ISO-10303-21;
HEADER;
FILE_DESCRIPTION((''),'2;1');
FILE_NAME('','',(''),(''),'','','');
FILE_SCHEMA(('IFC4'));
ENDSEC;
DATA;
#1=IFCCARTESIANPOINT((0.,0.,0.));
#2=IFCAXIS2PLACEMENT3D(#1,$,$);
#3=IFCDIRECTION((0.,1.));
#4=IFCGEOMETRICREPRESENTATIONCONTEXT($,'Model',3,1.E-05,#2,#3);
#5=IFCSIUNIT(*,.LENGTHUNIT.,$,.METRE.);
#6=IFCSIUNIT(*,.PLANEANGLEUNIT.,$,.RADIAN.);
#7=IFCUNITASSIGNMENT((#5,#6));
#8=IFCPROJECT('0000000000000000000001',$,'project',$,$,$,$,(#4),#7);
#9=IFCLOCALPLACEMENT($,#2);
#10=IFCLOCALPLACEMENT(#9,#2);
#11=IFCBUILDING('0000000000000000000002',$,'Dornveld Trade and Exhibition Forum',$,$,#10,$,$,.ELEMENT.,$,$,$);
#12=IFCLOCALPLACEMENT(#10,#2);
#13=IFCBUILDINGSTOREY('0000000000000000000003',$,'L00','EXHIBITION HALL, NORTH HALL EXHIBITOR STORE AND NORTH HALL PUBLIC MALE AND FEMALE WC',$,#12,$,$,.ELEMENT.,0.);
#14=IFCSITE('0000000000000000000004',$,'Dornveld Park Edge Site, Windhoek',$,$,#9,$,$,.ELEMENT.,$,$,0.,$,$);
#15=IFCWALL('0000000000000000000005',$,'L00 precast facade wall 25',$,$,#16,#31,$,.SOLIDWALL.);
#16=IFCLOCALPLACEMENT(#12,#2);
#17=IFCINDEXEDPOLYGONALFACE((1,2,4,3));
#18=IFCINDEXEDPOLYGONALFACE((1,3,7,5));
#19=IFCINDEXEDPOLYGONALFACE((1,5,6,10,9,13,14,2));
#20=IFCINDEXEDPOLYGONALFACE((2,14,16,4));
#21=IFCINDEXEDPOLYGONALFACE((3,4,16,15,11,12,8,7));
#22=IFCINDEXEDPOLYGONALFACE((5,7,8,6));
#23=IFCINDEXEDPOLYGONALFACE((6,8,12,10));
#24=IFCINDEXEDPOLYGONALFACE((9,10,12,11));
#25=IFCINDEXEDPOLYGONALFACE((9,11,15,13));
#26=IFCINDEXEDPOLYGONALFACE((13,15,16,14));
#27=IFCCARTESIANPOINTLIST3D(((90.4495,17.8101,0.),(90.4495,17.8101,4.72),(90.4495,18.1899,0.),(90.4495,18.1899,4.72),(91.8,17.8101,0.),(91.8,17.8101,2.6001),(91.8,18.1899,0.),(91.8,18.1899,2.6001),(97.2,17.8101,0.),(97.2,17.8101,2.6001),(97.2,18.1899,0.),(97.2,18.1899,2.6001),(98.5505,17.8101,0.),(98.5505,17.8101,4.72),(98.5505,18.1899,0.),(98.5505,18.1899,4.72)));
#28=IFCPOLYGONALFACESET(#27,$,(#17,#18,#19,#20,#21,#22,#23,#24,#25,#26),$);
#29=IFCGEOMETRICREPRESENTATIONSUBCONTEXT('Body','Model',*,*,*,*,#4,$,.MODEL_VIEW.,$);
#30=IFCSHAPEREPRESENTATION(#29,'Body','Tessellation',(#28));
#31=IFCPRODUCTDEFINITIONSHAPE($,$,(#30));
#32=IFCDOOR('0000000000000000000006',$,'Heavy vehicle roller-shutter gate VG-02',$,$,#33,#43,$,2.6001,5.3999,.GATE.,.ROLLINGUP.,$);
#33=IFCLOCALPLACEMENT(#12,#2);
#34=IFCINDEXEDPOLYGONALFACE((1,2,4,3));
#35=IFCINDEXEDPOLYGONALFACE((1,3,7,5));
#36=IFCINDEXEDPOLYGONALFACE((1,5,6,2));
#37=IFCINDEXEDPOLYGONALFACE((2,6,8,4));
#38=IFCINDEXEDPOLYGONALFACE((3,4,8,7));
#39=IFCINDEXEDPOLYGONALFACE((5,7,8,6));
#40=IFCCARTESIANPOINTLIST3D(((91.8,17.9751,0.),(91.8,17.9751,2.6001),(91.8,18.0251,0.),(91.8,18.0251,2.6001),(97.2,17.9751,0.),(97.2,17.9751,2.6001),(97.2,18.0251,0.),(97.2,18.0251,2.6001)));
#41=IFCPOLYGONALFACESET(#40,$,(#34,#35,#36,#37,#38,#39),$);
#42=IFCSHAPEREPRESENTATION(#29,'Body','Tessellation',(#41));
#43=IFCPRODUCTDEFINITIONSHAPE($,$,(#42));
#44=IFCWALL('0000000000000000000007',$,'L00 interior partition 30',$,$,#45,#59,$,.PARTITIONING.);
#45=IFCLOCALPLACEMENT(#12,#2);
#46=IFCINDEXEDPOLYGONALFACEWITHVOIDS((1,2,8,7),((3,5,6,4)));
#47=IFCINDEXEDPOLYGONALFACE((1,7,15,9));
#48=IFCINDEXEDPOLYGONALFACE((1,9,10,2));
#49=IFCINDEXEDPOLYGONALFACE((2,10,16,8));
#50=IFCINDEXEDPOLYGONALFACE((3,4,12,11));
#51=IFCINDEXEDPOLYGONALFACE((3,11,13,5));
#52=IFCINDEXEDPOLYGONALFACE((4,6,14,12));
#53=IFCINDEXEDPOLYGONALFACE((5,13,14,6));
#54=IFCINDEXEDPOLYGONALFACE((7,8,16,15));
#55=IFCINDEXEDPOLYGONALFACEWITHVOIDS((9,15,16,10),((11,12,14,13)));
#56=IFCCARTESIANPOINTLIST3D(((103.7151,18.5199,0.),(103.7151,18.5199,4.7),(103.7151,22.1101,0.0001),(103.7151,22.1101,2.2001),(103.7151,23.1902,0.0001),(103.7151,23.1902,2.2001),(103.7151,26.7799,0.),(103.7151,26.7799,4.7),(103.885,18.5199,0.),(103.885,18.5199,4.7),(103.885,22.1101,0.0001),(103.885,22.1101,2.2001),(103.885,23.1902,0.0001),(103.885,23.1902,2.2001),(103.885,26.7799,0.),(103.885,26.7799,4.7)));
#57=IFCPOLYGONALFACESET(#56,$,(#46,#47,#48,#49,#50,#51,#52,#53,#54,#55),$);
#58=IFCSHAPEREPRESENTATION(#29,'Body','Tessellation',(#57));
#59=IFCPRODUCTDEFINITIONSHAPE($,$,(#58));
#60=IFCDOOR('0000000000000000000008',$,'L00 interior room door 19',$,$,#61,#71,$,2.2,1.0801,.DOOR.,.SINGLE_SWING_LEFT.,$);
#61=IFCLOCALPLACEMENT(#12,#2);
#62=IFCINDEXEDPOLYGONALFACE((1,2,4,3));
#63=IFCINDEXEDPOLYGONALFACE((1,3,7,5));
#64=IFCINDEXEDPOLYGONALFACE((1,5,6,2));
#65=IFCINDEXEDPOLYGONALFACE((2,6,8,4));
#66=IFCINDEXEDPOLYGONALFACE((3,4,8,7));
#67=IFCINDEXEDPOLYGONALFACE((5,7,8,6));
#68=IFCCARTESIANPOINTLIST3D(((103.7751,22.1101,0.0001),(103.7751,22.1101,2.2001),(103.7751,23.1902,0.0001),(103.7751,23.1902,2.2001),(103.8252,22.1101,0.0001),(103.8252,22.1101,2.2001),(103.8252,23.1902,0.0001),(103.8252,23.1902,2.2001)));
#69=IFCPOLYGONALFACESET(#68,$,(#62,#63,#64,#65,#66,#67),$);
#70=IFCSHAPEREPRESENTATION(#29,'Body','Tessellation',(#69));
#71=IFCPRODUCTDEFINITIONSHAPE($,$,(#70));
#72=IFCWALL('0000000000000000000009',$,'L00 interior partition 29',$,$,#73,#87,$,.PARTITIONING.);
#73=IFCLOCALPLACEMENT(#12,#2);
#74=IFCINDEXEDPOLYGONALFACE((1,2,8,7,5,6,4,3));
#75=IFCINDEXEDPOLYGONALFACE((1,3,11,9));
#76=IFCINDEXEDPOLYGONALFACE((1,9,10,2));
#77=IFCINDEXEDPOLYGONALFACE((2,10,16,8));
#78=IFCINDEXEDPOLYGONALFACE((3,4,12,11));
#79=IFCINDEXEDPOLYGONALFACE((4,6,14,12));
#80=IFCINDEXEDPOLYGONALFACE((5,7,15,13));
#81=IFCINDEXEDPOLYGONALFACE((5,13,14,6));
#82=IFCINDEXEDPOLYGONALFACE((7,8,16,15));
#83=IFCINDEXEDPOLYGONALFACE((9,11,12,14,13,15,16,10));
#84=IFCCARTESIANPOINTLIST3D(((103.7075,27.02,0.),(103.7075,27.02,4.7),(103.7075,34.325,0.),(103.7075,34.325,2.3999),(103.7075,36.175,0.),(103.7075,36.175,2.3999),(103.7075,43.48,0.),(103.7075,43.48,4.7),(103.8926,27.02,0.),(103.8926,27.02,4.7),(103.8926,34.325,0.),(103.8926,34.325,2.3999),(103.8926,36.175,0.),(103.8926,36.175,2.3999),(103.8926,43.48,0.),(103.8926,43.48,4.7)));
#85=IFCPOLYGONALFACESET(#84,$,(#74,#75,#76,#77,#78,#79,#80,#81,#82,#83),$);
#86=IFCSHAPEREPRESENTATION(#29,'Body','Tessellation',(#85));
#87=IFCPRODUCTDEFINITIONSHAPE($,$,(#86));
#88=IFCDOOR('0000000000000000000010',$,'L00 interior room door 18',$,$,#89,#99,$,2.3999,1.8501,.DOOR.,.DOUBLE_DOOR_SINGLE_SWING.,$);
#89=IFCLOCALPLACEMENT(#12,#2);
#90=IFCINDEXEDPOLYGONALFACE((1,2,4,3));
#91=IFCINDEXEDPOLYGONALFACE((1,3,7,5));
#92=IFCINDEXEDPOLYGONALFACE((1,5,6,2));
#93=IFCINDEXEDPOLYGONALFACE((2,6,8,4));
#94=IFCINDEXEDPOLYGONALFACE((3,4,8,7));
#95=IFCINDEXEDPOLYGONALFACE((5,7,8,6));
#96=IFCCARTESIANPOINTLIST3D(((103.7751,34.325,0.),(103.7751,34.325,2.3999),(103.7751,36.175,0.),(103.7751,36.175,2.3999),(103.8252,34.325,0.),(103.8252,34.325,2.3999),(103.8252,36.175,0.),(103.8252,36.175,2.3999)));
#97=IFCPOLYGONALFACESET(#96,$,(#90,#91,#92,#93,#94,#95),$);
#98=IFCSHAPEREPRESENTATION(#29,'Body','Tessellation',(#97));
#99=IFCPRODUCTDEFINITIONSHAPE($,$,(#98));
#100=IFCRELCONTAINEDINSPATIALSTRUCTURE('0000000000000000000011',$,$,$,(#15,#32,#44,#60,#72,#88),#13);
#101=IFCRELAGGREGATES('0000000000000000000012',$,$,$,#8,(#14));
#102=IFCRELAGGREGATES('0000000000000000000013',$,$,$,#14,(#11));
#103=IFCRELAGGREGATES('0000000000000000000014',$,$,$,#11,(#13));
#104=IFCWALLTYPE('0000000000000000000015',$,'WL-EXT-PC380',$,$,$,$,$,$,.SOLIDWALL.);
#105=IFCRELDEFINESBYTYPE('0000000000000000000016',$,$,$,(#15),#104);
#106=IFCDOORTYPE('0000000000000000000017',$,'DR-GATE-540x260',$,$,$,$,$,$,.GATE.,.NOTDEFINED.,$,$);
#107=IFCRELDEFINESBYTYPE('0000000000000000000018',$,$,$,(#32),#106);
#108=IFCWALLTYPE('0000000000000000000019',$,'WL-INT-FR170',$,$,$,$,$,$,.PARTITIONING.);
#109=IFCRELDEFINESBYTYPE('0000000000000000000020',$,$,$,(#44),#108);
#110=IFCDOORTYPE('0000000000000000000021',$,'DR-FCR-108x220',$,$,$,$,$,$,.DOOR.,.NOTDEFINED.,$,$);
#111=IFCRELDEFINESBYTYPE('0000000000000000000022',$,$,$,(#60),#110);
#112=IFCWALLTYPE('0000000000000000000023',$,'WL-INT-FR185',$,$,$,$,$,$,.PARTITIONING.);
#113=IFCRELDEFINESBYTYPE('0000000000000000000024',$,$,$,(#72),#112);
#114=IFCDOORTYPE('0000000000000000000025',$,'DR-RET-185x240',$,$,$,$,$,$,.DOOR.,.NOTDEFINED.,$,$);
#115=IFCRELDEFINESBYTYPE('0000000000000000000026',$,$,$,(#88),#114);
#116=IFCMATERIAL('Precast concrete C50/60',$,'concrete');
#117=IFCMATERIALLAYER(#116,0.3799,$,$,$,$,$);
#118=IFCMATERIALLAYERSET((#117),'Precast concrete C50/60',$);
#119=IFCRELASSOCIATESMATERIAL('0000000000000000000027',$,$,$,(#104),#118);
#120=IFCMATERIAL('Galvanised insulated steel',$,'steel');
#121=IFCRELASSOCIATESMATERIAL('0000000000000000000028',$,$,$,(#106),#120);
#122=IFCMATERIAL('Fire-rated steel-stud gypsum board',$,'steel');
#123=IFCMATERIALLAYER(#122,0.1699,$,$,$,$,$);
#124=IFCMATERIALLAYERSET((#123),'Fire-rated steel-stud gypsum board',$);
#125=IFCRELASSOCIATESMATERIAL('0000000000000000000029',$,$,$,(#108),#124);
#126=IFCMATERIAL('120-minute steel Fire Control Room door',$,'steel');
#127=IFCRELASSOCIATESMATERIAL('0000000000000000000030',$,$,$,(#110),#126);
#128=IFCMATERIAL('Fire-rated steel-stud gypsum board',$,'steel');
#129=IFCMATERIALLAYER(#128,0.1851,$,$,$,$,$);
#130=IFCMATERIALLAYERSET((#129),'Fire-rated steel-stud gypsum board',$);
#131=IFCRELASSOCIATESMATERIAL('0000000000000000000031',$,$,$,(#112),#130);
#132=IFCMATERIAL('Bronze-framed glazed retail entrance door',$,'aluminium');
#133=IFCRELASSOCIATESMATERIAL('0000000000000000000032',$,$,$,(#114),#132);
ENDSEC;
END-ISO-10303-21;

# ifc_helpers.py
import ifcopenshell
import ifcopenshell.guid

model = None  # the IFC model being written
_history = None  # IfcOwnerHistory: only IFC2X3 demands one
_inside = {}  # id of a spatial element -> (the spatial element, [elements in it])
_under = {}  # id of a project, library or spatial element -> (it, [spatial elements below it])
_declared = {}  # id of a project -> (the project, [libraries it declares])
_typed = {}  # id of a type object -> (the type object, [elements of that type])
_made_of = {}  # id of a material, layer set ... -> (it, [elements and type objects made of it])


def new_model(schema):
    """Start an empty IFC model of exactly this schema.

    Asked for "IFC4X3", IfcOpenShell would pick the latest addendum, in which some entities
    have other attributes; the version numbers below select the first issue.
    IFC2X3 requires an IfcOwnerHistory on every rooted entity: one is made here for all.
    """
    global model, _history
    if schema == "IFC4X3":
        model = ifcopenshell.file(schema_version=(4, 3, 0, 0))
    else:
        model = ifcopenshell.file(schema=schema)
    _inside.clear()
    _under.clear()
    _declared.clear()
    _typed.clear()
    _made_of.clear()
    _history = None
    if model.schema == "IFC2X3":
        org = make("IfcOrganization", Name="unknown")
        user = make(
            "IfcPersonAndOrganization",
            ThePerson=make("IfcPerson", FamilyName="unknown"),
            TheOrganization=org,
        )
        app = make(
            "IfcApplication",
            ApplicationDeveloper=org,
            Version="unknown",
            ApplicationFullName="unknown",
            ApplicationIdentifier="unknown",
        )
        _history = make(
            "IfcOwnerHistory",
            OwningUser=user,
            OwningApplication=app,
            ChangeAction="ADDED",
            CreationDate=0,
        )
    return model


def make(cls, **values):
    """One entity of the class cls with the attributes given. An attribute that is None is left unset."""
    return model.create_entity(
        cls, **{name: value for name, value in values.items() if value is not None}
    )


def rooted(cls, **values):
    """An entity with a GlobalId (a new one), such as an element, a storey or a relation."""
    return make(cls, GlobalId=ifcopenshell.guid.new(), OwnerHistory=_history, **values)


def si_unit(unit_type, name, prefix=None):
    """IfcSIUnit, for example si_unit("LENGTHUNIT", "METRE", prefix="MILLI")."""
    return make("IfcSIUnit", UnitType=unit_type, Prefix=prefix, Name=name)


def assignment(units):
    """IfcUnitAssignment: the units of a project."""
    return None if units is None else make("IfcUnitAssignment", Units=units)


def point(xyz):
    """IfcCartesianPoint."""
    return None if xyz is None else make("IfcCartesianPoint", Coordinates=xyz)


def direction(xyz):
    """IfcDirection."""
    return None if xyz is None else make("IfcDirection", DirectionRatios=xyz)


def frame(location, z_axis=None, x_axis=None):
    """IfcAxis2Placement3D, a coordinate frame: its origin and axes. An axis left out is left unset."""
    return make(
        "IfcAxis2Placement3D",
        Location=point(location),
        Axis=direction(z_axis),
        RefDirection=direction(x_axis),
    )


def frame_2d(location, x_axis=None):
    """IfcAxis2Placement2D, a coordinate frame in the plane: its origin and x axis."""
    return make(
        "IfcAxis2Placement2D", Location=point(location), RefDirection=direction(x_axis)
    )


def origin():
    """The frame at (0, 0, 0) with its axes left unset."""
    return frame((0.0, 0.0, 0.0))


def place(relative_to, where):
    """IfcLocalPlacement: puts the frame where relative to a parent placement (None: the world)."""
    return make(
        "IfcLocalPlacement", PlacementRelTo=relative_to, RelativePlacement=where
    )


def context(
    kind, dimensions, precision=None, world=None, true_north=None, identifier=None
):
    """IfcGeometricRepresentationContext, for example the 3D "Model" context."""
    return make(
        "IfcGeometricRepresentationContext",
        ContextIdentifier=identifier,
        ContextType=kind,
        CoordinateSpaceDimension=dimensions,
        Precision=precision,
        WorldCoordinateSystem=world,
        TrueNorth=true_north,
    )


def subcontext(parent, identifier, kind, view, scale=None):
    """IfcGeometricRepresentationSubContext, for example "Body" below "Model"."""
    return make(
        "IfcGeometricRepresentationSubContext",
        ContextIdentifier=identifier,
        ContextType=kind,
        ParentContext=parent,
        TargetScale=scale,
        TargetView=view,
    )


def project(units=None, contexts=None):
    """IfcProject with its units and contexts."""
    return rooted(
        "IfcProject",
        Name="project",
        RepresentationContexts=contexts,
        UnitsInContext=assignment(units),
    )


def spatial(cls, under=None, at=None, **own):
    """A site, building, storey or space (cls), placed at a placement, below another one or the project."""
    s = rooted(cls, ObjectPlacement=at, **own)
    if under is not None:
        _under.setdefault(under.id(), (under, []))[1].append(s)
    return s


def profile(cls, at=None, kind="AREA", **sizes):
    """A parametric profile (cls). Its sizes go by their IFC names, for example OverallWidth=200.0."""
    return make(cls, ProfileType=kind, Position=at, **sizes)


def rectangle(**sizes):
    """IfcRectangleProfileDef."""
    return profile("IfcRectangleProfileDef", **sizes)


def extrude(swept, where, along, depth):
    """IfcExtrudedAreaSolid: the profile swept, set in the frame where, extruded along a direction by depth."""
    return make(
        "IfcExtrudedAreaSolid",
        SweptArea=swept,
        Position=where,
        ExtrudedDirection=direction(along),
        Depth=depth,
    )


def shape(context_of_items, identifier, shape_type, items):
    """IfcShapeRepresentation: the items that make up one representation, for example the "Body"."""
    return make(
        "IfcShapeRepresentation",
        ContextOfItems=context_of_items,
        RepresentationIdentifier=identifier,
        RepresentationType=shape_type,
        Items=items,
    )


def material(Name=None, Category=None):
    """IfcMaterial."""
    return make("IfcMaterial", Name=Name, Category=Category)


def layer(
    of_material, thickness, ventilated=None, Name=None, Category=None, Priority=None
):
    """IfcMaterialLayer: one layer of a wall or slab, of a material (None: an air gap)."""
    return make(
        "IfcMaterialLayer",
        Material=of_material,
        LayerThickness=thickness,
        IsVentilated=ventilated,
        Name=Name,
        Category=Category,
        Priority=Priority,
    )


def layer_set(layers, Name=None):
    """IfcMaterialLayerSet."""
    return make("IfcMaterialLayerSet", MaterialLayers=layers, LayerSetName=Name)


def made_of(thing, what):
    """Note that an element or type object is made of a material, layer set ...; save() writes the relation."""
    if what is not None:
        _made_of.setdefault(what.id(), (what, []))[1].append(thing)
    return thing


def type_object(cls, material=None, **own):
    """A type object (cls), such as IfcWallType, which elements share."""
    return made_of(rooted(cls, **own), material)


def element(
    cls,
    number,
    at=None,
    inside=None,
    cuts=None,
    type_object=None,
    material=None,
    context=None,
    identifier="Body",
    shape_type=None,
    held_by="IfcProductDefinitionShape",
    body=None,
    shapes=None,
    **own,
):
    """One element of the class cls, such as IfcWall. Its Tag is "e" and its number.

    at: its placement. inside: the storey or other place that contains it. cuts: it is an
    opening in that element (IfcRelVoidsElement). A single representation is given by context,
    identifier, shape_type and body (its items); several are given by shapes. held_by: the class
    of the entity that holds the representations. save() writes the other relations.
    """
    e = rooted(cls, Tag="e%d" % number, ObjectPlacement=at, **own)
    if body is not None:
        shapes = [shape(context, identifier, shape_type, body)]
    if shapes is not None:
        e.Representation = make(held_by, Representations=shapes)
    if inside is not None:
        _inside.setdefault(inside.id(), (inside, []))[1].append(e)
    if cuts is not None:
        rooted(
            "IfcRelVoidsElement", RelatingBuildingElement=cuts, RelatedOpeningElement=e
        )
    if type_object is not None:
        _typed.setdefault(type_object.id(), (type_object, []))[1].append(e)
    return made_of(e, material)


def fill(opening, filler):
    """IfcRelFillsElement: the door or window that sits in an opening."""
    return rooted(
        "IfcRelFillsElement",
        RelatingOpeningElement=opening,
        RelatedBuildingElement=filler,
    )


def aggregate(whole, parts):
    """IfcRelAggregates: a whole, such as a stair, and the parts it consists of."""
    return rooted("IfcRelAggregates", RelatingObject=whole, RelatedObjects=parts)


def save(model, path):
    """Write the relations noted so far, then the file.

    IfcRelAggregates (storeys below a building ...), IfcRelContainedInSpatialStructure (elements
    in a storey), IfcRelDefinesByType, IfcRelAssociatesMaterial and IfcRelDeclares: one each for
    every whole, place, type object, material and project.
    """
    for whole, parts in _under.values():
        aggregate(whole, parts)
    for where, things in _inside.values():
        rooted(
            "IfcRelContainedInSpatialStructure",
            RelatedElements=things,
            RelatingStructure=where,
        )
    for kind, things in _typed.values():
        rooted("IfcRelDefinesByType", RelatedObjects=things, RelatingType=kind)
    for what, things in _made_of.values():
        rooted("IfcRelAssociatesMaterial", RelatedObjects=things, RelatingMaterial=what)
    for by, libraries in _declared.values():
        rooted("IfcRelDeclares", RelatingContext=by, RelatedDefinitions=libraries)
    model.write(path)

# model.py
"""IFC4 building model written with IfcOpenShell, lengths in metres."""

from ifc_helpers import new_model, si_unit, direction, frame, frame_2d, origin, place, context, subcontext, project, spatial, rectangle, extrude, material, layer, layer_set, type_object, element, fill, save


model = new_model("IFC4")

# Units and contexts
model_context = context("Model", 3, precision=1e-05, world=origin(), true_north=direction((0.0, 1.0)))
body_context = subcontext(model_context, "Body", "Model", "MODEL_VIEW")
ifc_project = project(units=[si_unit("LENGTHUNIT", "METRE"), si_unit("PLANEANGLEUNIT", "RADIAN")], contexts=[model_context])

# Site, building, storey
site_placement = place(None, origin())
site = spatial("IfcSite", under=ifc_project, at=site_placement, Name="Dornveld Park Edge Site, Windhoek", CompositionType="ELEMENT", RefElevation=0.0)
building_placement = place(site_placement, origin())
building = spatial("IfcBuilding", under=site, at=building_placement, Name="Dornveld Trade and Exhibition Forum", CompositionType="ELEMENT")
storey_placement = place(building_placement, origin())
storey = spatial("IfcBuildingStorey", under=building, at=storey_placement, Name="L00", Description="EXHIBITION HALL, NORTH HALL EXHIBITOR STORE AND NORTH HALL PUBLIC MALE AND FEMALE WC", CompositionType="ELEMENT", Elevation=0.0)

# Walls, openings, doors
ifc_material_1 = material(Name="Precast concrete C50/60", Category="concrete")
ifc_layer_1 = layer(ifc_material_1, 0.3799)
ifc_layer_set_1 = layer_set([ifc_layer_1], Name="Precast concrete C50/60")
wall_type_1 = type_object("IfcWallType", Name="WL-EXT-PC380", PredefinedType="SOLIDWALL", material=ifc_layer_set_1)
wall_1_placement = place(storey_placement, frame((90.4495, 18.0, 0.0), z_axis=(0.0, 0.0, 1.0), x_axis=(1.0, 0.0, 0.0)))
wall_1 = element("IfcWall", 1, at=wall_1_placement, inside=storey, type_object=wall_type_1, Name="L00 precast facade wall 25", PredefinedType="SOLIDWALL", context=body_context, shape_type="SweptSolid", body=[
    extrude(rectangle(XDim=8.1011, YDim=0.3799, at=frame_2d((4.0505, 0.0))), origin(), (0.0, 0.0, 1.0), 4.72),
])
opening_1_placement = place(wall_1_placement, frame((1.3506, 0.0, 0.0)))
opening_1 = element("IfcOpeningElement", 2, at=opening_1_placement, cuts=wall_1, PredefinedType="OPENING", context=body_context, shape_type="SweptSolid", body=[
    extrude(rectangle(XDim=5.3999, YDim=2.6001, at=frame_2d((2.7, 1.3))), frame((0.0, 0.2, 0.0), z_axis=(0.0, -1.0, 0.0), x_axis=(1.0, 0.0, 0.0)), (0.0, 0.0, 1.0), 0.3999),
])
ifc_material_2 = material(Name="Galvanised insulated steel", Category="steel")
door_type_1 = type_object("IfcDoorType", Name="DR-GATE-540x260", OperationType="NOTDEFINED", PredefinedType="GATE", material=ifc_material_2)
door_1_placement = place(opening_1_placement, frame((5.3999, 0.0, 0.0), z_axis=(0.0, 0.0, 1.0), x_axis=(-1.0, 0.0, 0.0)))
door_1 = element("IfcDoor", 3, at=door_1_placement, inside=storey, type_object=door_type_1, Name="Heavy vehicle roller-shutter gate VG-02", OperationType="ROLLINGUP", OverallHeight=2.6001, OverallWidth=5.3999, PredefinedType="GATE", context=body_context, shape_type="SweptSolid", body=[
    extrude(rectangle(XDim=5.3999, YDim=2.6001, at=frame_2d((2.7, 1.3))), frame((0.0, 0.0249, 0.0), z_axis=(0.0, -1.0, 0.0), x_axis=(1.0, 0.0, 0.0)), (0.0, 0.0, 1.0), 0.05),
])
fill(opening_1, door_1)
ifc_material_3 = material(Name="Fire-rated steel-stud gypsum board", Category="steel")
ifc_layer_2 = layer(ifc_material_3, 0.1699)
ifc_layer_set_2 = layer_set([ifc_layer_2], Name="Fire-rated steel-stud gypsum board")
wall_type_2 = type_object("IfcWallType", Name="WL-INT-FR170", PredefinedType="PARTITIONING", material=ifc_layer_set_2)
wall_2_placement = place(storey_placement, frame((103.8, 18.52, 0.0), z_axis=(0.0, 0.0, 1.0), x_axis=(0.0, 1.0, 0.0)))
wall_2 = element("IfcWall", 4, at=wall_2_placement, inside=storey, type_object=wall_type_2, Name="L00 interior partition 30", PredefinedType="PARTITIONING", context=body_context, shape_type="SweptSolid", body=[
    extrude(rectangle(XDim=8.26, YDim=0.1699, at=frame_2d((4.1299, 0.0))), origin(), (0.0, 0.0, 1.0), 4.7),
])
opening_2_placement = place(wall_2_placement, frame((3.5901, 0.0, 0.0)))
opening_2 = element("IfcOpeningElement", 5, at=opening_2_placement, cuts=wall_2, PredefinedType="OPENING", context=body_context, shape_type="SweptSolid", body=[
    extrude(rectangle(XDim=1.0801, YDim=2.2, at=frame_2d((0.54, 1.1001))), frame((0.0, 0.095, 0.0), z_axis=(0.0, -1.0, 0.0), x_axis=(1.0, 0.0, 0.0)), (0.0, 0.0, 1.0), 0.1899),
])
ifc_material_4 = material(Name="120-minute steel Fire Control Room door", Category="steel")
door_type_2 = type_object("IfcDoorType", Name="DR-FCR-108x220", OperationType="NOTDEFINED", PredefinedType="DOOR", material=ifc_material_4)
door_2_placement = place(opening_2_placement, origin())
door_2 = element("IfcDoor", 6, at=door_2_placement, inside=storey, type_object=door_type_2, Name="L00 interior room door 19", OperationType="SINGLE_SWING_LEFT", OverallHeight=2.2, OverallWidth=1.0801, PredefinedType="DOOR", context=body_context, shape_type="SweptSolid", body=[
    extrude(rectangle(XDim=1.0801, YDim=2.2, at=frame_2d((0.54, 1.1001))), frame((0.0, 0.0249, 0.0), z_axis=(0.0, -1.0, 0.0), x_axis=(1.0, 0.0, 0.0)), (0.0, 0.0, 1.0), 0.05),
])
fill(opening_2, door_2)
ifc_material_5 = material(Name="Fire-rated steel-stud gypsum board", Category="steel")
ifc_layer_3 = layer(ifc_material_5, 0.1851)
ifc_layer_set_3 = layer_set([ifc_layer_3], Name="Fire-rated steel-stud gypsum board")
wall_type_3 = type_object("IfcWallType", Name="WL-INT-FR185", PredefinedType="PARTITIONING", material=ifc_layer_set_3)
wall_3_placement = place(storey_placement, frame((103.8, 27.02, 0.0), z_axis=(0.0, 0.0, 1.0), x_axis=(0.0, 1.0, 0.0)))
wall_3 = element("IfcWall", 7, at=wall_3_placement, inside=storey, type_object=wall_type_3, Name="L00 interior partition 29", PredefinedType="PARTITIONING", context=body_context, shape_type="SweptSolid", body=[
    extrude(rectangle(XDim=16.46, YDim=0.1851, at=frame_2d((8.23, 0.0))), origin(), (0.0, 0.0, 1.0), 4.7),
])
opening_3_placement = place(wall_3_placement, frame((7.3049, 0.0, 0.0)))
opening_3 = element("IfcOpeningElement", 8, at=opening_3_placement, cuts=wall_3, PredefinedType="OPENING", context=body_context, shape_type="SweptSolid", body=[
    extrude(rectangle(XDim=1.8501, YDim=2.3999, at=frame_2d((0.925, 1.2))), frame((0.0, 0.1025, 0.0), z_axis=(0.0, -1.0, 0.0), x_axis=(1.0, 0.0, 0.0)), (0.0, 0.0, 1.0), 0.2051),
])
ifc_material_6 = material(Name="Bronze-framed glazed retail entrance door", Category="aluminium")
door_type_3 = type_object("IfcDoorType", Name="DR-RET-185x240", OperationType="NOTDEFINED", PredefinedType="DOOR", material=ifc_material_6)
door_3_placement = place(opening_3_placement, origin())
door_3 = element("IfcDoor", 9, at=door_3_placement, inside=storey, type_object=door_type_3, Name="L00 interior room door 18", OperationType="DOUBLE_DOOR_SINGLE_SWING", OverallHeight=2.3999, OverallWidth=1.8501, PredefinedType="DOOR", context=body_context, shape_type="SweptSolid", body=[
    extrude(rectangle(XDim=1.8501, YDim=2.3999, at=frame_2d((0.925, 1.2))), frame((0.0, 0.0249, 0.0), z_axis=(0.0, -1.0, 0.0), x_axis=(1.0, 0.0, 0.0)), (0.0, 0.0, 1.0), 0.05),
])
fill(opening_3, door_3)

save(model, "model.ifc")
